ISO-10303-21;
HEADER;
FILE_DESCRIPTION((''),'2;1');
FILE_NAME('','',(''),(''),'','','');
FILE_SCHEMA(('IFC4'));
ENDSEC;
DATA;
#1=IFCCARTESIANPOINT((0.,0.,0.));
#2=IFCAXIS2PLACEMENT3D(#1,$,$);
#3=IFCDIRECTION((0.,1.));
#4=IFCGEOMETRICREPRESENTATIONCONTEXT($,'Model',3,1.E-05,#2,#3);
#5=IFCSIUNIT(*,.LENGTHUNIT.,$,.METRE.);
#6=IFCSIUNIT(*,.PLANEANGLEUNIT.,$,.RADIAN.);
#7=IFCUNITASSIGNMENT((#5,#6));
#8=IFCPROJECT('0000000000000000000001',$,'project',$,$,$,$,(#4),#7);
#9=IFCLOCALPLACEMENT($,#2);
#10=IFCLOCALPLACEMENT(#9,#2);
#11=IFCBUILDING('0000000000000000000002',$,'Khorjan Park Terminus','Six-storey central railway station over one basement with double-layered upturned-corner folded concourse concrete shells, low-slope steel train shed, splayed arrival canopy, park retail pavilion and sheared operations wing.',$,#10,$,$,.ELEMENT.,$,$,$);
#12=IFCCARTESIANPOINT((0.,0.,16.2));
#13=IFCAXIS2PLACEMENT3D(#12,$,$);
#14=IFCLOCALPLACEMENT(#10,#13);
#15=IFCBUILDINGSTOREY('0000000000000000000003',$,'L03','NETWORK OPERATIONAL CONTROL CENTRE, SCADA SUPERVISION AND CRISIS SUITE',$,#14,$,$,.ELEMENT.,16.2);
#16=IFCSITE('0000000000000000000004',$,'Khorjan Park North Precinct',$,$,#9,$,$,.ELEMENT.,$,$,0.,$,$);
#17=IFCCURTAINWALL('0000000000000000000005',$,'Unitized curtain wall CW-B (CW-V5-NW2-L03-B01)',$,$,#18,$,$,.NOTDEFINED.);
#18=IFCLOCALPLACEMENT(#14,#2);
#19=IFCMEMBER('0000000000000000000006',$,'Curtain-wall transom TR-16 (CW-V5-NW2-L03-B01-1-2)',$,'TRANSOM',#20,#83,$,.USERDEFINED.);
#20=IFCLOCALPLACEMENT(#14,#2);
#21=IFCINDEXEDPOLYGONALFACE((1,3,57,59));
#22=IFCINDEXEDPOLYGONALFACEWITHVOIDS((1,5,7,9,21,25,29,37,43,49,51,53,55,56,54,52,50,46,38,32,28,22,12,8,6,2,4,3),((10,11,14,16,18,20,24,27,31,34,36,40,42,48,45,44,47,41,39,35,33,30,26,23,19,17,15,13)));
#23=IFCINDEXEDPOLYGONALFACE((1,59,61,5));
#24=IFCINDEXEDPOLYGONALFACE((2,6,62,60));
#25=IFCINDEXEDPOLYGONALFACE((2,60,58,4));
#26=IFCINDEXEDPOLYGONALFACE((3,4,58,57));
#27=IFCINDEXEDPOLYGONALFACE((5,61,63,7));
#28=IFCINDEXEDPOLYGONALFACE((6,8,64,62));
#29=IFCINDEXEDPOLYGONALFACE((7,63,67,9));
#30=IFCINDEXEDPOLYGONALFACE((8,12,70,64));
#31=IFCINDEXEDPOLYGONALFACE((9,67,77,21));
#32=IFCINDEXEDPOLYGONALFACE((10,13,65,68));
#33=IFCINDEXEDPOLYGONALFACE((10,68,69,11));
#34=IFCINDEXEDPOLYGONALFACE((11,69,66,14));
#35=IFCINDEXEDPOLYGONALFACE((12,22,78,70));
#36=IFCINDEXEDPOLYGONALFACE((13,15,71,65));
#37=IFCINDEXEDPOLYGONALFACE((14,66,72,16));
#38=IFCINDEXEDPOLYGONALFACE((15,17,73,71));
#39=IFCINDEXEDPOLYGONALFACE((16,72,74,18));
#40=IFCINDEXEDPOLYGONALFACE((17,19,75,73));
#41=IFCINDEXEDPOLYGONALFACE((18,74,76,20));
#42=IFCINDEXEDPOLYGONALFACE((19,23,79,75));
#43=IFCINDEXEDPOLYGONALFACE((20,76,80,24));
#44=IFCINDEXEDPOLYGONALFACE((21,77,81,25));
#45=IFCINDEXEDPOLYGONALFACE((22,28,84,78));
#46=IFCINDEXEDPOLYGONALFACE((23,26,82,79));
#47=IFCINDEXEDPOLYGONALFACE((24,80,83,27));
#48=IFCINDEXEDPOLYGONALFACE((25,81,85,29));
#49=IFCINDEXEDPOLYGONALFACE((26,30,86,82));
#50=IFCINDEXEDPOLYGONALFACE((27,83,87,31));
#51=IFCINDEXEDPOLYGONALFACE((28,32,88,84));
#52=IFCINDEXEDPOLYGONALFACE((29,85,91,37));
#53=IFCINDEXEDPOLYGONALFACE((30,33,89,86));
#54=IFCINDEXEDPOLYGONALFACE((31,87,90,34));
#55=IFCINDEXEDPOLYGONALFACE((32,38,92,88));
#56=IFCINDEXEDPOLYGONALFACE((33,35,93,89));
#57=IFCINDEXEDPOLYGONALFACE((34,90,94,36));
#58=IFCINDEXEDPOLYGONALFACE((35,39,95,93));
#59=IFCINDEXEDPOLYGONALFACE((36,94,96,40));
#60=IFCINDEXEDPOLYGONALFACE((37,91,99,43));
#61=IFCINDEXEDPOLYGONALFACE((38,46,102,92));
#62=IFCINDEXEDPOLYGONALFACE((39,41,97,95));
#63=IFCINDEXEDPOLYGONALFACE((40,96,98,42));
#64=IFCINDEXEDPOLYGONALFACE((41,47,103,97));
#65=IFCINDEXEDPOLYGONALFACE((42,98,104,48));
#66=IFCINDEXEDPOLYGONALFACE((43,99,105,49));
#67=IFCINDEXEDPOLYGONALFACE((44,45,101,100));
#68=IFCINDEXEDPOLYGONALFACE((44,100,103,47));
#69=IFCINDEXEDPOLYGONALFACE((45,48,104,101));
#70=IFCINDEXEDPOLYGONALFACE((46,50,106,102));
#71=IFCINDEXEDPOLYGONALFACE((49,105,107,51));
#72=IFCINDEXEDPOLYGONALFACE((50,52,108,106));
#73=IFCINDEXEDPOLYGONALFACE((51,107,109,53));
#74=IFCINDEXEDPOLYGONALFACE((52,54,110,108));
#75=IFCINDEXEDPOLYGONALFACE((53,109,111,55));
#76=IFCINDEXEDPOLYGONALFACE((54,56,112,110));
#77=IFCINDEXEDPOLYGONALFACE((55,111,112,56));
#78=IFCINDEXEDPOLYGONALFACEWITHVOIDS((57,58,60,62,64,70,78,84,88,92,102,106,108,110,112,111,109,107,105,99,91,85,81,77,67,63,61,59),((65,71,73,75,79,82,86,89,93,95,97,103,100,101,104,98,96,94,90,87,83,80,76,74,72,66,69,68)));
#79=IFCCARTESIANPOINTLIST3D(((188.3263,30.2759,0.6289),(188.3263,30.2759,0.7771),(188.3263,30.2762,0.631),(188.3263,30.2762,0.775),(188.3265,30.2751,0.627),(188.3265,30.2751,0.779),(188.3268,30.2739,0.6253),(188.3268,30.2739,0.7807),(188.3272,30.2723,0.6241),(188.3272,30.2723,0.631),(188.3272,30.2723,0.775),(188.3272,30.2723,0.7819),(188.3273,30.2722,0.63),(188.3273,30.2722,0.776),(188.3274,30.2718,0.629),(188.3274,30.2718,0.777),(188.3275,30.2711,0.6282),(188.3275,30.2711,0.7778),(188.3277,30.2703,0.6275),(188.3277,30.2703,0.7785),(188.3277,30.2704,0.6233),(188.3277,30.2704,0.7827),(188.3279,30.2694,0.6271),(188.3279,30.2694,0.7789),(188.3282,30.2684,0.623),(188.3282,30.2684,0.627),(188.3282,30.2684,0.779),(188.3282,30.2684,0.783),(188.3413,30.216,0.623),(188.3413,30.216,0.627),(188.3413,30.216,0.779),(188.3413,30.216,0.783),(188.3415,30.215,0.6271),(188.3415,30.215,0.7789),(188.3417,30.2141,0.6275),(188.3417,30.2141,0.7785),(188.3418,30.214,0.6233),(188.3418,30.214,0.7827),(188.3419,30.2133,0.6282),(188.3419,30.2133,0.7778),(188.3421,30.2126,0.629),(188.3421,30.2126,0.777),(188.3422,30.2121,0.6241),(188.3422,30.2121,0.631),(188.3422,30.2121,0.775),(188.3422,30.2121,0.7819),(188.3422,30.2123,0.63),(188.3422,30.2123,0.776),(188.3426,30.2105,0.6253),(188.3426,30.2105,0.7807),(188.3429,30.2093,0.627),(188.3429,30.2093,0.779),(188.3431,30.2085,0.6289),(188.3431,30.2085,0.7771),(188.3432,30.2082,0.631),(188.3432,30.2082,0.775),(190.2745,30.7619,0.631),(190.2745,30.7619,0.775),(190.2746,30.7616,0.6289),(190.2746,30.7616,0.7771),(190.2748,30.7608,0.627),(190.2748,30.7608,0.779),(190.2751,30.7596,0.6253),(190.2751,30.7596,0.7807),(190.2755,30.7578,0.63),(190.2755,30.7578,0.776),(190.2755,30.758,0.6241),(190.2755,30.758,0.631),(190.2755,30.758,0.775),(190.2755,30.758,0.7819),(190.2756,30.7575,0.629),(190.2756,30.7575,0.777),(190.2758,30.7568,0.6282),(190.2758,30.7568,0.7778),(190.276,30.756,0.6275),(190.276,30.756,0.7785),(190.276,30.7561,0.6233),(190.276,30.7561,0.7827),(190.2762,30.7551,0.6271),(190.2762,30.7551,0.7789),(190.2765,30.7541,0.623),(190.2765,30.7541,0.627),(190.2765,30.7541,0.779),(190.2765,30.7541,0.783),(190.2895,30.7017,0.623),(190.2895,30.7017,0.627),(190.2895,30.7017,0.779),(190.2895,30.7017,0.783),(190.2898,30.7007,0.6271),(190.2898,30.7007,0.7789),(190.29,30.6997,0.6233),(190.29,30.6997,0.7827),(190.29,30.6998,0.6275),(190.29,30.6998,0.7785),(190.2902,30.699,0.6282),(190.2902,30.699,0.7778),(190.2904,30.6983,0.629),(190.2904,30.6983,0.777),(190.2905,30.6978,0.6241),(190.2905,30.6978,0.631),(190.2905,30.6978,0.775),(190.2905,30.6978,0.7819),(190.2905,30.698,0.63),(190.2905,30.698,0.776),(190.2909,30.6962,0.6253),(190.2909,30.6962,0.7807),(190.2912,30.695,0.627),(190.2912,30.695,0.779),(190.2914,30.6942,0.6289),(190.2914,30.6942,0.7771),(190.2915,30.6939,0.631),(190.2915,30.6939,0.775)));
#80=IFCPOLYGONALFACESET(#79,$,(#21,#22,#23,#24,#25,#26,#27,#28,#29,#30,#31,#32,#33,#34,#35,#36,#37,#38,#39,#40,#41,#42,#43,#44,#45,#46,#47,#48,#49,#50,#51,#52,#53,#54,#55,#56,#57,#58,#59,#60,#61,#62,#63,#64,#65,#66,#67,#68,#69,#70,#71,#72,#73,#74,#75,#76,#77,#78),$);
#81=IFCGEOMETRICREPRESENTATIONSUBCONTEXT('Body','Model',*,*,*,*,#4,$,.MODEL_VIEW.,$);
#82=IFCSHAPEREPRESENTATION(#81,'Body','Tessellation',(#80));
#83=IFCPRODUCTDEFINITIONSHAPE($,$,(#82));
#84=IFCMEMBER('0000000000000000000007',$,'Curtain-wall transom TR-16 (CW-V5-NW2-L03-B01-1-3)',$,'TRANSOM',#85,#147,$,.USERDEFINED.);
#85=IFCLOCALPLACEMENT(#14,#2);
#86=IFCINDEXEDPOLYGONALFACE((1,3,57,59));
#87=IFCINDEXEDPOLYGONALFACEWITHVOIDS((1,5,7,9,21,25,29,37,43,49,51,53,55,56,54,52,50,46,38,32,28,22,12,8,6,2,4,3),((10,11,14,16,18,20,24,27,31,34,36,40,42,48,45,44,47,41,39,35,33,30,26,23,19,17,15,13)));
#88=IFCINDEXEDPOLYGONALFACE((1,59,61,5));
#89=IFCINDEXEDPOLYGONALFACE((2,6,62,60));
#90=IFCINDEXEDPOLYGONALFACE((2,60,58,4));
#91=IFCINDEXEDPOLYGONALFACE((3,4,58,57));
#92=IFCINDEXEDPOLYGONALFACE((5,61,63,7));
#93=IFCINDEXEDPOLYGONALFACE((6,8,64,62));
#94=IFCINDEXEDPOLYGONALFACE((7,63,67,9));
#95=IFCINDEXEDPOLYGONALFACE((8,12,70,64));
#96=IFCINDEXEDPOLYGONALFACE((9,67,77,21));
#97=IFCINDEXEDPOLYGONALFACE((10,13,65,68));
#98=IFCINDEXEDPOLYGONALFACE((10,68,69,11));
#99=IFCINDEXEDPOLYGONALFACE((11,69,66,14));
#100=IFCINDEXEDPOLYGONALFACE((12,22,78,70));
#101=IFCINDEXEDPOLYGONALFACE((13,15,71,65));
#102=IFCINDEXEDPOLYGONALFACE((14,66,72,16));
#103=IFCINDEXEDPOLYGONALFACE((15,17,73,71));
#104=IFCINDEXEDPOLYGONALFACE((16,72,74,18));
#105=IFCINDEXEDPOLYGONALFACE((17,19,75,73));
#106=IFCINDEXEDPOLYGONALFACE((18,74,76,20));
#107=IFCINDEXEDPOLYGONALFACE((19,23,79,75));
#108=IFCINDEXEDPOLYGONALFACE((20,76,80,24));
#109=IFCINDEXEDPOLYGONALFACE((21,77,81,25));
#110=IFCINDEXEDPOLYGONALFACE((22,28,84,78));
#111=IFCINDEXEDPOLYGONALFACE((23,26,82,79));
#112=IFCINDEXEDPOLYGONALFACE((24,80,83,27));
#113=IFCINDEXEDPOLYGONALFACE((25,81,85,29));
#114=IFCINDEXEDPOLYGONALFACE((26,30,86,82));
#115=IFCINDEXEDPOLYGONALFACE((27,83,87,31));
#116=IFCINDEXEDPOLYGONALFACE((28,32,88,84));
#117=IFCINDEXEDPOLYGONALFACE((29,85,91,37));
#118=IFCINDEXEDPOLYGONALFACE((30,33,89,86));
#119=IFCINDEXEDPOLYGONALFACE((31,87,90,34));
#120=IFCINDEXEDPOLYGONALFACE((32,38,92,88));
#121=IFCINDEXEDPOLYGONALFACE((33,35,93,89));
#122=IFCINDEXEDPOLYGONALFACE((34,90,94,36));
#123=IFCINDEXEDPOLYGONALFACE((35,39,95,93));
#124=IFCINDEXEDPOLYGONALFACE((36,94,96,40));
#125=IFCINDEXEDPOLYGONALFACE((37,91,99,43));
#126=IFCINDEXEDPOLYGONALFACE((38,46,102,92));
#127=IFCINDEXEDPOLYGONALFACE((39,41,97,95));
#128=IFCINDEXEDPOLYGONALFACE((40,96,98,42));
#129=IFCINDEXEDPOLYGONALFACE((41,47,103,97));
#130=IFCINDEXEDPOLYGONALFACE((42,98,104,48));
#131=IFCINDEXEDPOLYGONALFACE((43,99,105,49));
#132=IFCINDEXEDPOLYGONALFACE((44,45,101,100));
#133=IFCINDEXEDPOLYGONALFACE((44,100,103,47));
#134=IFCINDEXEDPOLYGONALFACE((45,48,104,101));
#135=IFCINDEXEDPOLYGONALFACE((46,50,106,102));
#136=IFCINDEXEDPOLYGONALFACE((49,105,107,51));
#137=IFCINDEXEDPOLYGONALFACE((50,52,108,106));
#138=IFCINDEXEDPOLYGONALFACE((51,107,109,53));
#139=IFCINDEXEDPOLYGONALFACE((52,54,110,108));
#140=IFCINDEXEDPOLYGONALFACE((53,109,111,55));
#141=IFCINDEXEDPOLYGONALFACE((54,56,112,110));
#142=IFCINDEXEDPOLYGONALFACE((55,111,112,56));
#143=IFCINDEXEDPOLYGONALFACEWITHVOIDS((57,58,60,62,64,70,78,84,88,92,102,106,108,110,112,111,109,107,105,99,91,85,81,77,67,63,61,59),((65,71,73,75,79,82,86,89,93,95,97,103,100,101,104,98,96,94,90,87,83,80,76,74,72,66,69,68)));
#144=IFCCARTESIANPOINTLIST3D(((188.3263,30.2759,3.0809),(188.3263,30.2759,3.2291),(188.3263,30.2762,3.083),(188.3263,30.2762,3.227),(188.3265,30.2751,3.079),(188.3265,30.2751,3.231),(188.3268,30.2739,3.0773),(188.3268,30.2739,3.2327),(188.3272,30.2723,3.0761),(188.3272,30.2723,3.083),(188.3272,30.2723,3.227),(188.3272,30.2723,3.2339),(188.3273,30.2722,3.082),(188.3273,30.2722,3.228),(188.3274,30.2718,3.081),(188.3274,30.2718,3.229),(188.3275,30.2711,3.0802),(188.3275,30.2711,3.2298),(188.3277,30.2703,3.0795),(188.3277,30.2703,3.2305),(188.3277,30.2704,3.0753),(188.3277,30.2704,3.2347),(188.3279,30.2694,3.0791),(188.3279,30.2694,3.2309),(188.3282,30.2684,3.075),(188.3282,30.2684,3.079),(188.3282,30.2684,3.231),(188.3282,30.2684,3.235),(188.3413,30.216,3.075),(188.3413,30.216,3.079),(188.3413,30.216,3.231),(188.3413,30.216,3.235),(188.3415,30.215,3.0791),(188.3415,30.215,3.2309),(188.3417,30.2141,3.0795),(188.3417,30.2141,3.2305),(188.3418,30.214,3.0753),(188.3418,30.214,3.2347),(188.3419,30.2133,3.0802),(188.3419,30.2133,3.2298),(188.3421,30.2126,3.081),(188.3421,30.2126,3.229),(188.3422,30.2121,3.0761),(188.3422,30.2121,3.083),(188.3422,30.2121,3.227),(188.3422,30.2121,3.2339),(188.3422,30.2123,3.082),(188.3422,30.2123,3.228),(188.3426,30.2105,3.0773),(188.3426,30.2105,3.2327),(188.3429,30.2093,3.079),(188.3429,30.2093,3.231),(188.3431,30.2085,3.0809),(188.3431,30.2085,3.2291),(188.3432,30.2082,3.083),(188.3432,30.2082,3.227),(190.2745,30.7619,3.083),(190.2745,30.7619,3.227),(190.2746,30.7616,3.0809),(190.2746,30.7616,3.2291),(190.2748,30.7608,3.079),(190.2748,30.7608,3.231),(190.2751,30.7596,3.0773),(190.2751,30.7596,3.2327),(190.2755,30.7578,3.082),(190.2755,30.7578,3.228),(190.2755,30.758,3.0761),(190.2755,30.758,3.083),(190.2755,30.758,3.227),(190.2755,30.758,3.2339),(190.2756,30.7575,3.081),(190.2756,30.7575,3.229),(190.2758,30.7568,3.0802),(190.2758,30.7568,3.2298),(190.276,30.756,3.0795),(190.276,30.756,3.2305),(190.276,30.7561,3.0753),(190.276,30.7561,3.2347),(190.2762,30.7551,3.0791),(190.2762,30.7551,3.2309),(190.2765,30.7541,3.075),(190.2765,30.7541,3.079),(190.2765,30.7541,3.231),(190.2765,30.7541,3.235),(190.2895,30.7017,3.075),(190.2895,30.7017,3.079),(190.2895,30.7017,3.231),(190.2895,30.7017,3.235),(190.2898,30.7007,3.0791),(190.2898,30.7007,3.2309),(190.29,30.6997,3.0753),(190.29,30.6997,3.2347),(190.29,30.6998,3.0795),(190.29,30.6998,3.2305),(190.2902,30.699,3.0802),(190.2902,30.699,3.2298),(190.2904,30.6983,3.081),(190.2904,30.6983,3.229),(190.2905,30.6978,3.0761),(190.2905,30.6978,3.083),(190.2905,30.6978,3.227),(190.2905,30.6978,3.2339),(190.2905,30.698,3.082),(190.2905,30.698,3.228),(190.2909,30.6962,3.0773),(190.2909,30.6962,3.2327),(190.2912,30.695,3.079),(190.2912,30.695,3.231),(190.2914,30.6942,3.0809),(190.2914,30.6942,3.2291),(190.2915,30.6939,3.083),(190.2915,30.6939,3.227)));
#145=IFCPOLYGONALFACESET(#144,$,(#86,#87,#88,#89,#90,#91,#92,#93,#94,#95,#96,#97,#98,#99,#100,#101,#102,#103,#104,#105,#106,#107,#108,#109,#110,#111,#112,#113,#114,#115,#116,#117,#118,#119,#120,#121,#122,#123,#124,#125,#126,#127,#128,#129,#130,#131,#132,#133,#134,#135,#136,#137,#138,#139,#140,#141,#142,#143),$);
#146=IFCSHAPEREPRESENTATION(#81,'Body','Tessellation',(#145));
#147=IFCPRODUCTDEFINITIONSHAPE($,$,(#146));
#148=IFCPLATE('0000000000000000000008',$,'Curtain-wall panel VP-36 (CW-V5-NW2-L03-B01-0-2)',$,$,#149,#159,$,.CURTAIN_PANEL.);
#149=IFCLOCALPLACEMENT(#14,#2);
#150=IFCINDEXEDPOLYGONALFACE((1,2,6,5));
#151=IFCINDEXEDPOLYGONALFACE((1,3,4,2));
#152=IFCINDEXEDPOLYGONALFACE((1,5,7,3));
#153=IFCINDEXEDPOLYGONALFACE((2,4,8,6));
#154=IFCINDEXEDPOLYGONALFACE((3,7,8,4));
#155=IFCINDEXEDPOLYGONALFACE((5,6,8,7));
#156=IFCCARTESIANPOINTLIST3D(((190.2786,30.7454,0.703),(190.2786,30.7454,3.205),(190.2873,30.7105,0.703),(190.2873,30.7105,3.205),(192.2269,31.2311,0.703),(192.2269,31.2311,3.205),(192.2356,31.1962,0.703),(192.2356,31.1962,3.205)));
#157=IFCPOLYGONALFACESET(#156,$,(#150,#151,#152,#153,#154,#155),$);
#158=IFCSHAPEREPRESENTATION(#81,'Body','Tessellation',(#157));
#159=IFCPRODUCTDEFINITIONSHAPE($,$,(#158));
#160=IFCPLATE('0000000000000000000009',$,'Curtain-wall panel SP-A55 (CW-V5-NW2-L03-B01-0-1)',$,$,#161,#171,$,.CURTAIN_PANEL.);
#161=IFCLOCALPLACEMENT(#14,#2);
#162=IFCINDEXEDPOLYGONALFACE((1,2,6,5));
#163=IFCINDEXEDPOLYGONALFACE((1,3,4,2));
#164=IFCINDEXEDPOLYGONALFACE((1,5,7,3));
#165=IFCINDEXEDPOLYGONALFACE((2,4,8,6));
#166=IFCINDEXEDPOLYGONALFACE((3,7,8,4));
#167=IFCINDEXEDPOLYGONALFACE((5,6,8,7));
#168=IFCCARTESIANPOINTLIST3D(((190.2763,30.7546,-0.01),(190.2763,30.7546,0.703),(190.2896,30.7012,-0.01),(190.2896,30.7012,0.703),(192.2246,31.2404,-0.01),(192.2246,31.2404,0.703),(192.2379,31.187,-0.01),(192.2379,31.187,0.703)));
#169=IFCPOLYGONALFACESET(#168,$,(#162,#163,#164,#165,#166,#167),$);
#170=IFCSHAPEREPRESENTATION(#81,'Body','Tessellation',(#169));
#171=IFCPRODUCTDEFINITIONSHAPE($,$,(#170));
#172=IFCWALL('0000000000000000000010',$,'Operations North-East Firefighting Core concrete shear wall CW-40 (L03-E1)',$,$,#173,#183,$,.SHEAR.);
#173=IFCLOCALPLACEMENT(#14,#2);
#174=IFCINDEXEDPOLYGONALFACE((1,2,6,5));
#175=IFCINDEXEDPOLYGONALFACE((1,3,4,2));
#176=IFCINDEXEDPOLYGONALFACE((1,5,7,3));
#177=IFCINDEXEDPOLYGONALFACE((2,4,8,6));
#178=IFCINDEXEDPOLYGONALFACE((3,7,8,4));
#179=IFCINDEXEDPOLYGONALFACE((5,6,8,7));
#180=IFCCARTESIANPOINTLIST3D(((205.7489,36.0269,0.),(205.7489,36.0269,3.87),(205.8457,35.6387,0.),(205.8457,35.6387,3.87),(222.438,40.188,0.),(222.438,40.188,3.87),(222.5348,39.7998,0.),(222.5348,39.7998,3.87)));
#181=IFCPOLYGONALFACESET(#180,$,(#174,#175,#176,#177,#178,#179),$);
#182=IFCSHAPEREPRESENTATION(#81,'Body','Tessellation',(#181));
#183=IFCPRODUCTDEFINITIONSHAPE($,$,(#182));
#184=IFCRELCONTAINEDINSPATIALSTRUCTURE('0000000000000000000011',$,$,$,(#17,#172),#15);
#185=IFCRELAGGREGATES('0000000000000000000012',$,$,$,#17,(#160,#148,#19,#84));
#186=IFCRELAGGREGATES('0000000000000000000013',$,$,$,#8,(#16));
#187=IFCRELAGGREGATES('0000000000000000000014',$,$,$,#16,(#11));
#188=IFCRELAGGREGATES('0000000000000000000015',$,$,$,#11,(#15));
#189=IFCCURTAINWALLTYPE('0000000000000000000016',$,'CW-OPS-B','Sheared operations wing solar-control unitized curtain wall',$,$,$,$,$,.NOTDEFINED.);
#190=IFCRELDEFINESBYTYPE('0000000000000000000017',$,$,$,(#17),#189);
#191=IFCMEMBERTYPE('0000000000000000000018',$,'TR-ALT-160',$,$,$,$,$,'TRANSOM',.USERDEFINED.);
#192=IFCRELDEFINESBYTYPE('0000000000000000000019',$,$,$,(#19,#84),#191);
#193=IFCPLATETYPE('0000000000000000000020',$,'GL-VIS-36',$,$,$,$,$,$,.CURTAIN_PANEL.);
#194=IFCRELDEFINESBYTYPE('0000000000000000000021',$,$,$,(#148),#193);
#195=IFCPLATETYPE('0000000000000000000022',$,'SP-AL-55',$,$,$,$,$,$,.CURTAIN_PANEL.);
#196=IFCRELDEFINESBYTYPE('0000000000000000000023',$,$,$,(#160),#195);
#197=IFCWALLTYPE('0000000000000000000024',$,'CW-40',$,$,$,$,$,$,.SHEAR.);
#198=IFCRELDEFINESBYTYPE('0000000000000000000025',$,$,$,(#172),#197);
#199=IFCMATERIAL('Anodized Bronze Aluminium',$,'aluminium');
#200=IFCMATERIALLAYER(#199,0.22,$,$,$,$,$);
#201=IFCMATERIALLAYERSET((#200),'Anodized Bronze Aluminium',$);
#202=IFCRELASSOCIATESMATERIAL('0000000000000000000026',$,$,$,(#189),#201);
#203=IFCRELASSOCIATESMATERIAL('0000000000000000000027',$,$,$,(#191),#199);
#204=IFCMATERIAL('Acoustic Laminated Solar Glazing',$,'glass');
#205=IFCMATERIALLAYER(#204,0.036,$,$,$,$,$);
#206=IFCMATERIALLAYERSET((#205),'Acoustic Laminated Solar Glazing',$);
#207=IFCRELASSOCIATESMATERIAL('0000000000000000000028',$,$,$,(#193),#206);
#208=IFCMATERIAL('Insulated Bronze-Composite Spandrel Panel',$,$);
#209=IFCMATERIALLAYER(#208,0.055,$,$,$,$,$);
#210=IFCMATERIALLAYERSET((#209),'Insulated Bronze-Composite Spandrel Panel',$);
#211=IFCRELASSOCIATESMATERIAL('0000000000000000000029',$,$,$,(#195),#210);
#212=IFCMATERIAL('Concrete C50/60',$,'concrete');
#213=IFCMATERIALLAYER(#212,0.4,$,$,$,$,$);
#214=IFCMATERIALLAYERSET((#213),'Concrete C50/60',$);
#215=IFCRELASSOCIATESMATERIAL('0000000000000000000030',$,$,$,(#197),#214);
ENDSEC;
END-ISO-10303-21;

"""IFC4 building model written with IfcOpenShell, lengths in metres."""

from ifc_helpers import new_model, si_unit, direction, frame, frame_2d, origin, origin_2d, place, context, subcontext, project, spatial, rectangle, hollow_rectangle, extrude, material, layer, layer_set, material_profile, profile_set, type_object, element, aggregate, save


model = new_model("IFC4")

# Units and contexts
model_context = context("Model", 3, precision=1e-05, world=origin(), true_north=direction((0.0, 1.0)))
body_context = subcontext(model_context, "Body", "Model", "MODEL_VIEW")
ifc_project = project(units=[si_unit("LENGTHUNIT", "METRE"), si_unit("PLANEANGLEUNIT", "RADIAN")], contexts=[model_context])

# Site, building, storey
site_placement = place(None, origin())
site = spatial("IfcSite", under=ifc_project, at=site_placement, Name="Khorjan Park North Precinct", CompositionType="ELEMENT", RefElevation=0.0)
building_placement = place(site_placement, origin())
building = spatial("IfcBuilding", under=site, at=building_placement, Name="Khorjan Park Terminus", Description="Six-storey central railway station over one basement with double-layered upturned-corner folded concourse concrete shells, low-slope steel train shed, splayed arrival canopy, park retail pavilion and sheared operations wing.", CompositionType="ELEMENT")
storey_placement = place(building_placement, frame((0.0, 0.0, 16.2)))
storey = spatial("IfcBuildingStorey", under=building, at=storey_placement, Name="L03", Description="NETWORK OPERATIONAL CONTROL CENTRE, SCADA SUPERVISION AND CRISIS SUITE", CompositionType="ELEMENT", Elevation=16.2)

# Shared definitions
ifc_material_1 = material(Name="Concrete C50/60", Category="concrete")

# Curtain wall, members, plates
ifc_material_2 = material(Name="Anodized Bronze Aluminium", Category="aluminium")
ifc_layer_1 = layer(ifc_material_2, 0.22)
ifc_layer_set_1 = layer_set([ifc_layer_1], Name="Anodized Bronze Aluminium")
curtain_wall_type = type_object("IfcCurtainWallType", Name="CW-OPS-B", Description="Sheared operations wing solar-control unitized curtain wall", PredefinedType="NOTDEFINED", material=ifc_layer_set_1)
curtain_wall_placement = place(storey_placement, origin())
curtain_wall = element("IfcCurtainWall", 1, at=curtain_wall_placement, inside=storey, type_object=curtain_wall_type, Name="Unitized curtain wall CW-B (CW-V5-NW2-L03-B01)", PredefinedType="NOTDEFINED")
ifc_material_profile_1 = material_profile(ifc_material_2, hollow_rectangle(XDim=0.07, YDim=0.16, WallThickness=0.004, InnerFilletRadius=0.004, OuterFilletRadius=0.008, at=origin_2d()), Name="ALT 70x160x4")
ifc_profile_set_1 = profile_set([ifc_material_profile_1], Name="Anodized Bronze Aluminium")
member_type_1 = type_object("IfcMemberType", Name="TR-ALT-160", ElementType="TRANSOM", PredefinedType="USERDEFINED", material=ifc_profile_set_1)
member_1_placement = place(storey_placement, frame((190.283, 30.7279, 0.703), z_axis=(-0.970303, -0.241891, 0.0), x_axis=(0.241891, -0.970303, 0.0)))
member_1 = element("IfcMember", 2, at=member_1_placement, type_object=member_type_1, Name="Curtain-wall transom TR-16 (CW-V5-NW2-L03-B01-1-2)", ObjectType="TRANSOM", PredefinedType="USERDEFINED", context=body_context, shape_type="SweptSolid", body=[
    extrude(hollow_rectangle(XDim=0.07, YDim=0.16, WallThickness=0.004, InnerFilletRadius=0.004, OuterFilletRadius=0.008, at=origin_2d()), origin(), (0.0, 0.0, 1.0), 2.0079),
])
member_2_placement = place(storey_placement, frame((190.283, 30.7279, 3.155), z_axis=(-0.970303, -0.241891, 0.0), x_axis=(0.241891, -0.970303, 0.0)))
member_2 = element("IfcMember", 3, at=member_2_placement, type_object=member_type_1, Name="Curtain-wall transom TR-16 (CW-V5-NW2-L03-B01-1-3)", ObjectType="TRANSOM", PredefinedType="USERDEFINED", context=body_context, shape_type="SweptSolid", body=[
    extrude(hollow_rectangle(XDim=0.07, YDim=0.16, WallThickness=0.004, InnerFilletRadius=0.004, OuterFilletRadius=0.008, at=origin_2d()), origin(), (0.0, 0.0, 1.0), 2.0079),
])
ifc_material_3 = material(Name="Acoustic Laminated Solar Glazing", Category="glass")
ifc_layer_2 = layer(ifc_material_3, 0.036)
ifc_layer_set_2 = layer_set([ifc_layer_2], Name="Acoustic Laminated Solar Glazing")
plate_type_1 = type_object("IfcPlateType", Name="GL-VIS-36", PredefinedType="CURTAIN_PANEL", material=ifc_layer_set_2)
plate_1_placement = place(storey_placement, frame((191.2571, 30.9708, 0.703), z_axis=(0.0, 0.0, 1.0), x_axis=(-0.970296, -0.241919, 0.0)))
plate_1 = element("IfcPlate", 4, at=plate_1_placement, type_object=plate_type_1, Name="Curtain-wall panel VP-36 (CW-V5-NW2-L03-B01-0-2)", PredefinedType="CURTAIN_PANEL", context=body_context, shape_type="SweptSolid", body=[
    extrude(rectangle(XDim=2.0079, YDim=0.036, at=origin_2d()), origin(), (0.0, 0.0, 1.0), 2.502),
])
ifc_material_4 = material(Name="Insulated Bronze-Composite Spandrel Panel")
ifc_layer_3 = layer(ifc_material_4, 0.055)
ifc_layer_set_3 = layer_set([ifc_layer_3], Name="Insulated Bronze-Composite Spandrel Panel")
plate_type_2 = type_object("IfcPlateType", Name="SP-AL-55", PredefinedType="CURTAIN_PANEL", material=ifc_layer_set_3)
plate_2_placement = place(storey_placement, frame((191.2571, 30.9708, -0.01), z_axis=(0.0, 0.0, 1.0), x_axis=(-0.970296, -0.241919, 0.0)))
plate_2 = element("IfcPlate", 5, at=plate_2_placement, type_object=plate_type_2, Name="Curtain-wall panel SP-A55 (CW-V5-NW2-L03-B01-0-1)", PredefinedType="CURTAIN_PANEL", context=body_context, shape_type="SweptSolid", body=[
    extrude(rectangle(XDim=2.0079, YDim=0.055, at=origin_2d()), origin(), (0.0, 0.0, 1.0), 0.713),
])
aggregate(curtain_wall, [plate_2, plate_1, member_1, member_2])

# Wall
ifc_layer_4 = layer(ifc_material_1, 0.4)
ifc_layer_set_4 = layer_set([ifc_layer_4], Name="Concrete C50/60")
wall_type_1 = type_object("IfcWallType", Name="CW-40", PredefinedType="SHEAR", material=ifc_layer_set_4)
wall_1_placement = place(storey_placement, frame((205.7973, 35.8328, 0.0), z_axis=(0.0, 0.0, 1.0), x_axis=(0.970295, 0.241924, 0.0)))
element("IfcWall", 6, at=wall_1_placement, inside=storey, type_object=wall_type_1, Name="Operations North-East Firefighting Core concrete shear wall CW-40 (L03-E1)", PredefinedType="SHEAR", context=body_context, shape_type="SweptSolid", body=[
    extrude(rectangle(XDim=17.2, YDim=0.4, at=frame_2d((8.6, 0.0))), origin(), (0.0, 0.0, 1.0), 3.87),
])

save(model, "model.ifc")
